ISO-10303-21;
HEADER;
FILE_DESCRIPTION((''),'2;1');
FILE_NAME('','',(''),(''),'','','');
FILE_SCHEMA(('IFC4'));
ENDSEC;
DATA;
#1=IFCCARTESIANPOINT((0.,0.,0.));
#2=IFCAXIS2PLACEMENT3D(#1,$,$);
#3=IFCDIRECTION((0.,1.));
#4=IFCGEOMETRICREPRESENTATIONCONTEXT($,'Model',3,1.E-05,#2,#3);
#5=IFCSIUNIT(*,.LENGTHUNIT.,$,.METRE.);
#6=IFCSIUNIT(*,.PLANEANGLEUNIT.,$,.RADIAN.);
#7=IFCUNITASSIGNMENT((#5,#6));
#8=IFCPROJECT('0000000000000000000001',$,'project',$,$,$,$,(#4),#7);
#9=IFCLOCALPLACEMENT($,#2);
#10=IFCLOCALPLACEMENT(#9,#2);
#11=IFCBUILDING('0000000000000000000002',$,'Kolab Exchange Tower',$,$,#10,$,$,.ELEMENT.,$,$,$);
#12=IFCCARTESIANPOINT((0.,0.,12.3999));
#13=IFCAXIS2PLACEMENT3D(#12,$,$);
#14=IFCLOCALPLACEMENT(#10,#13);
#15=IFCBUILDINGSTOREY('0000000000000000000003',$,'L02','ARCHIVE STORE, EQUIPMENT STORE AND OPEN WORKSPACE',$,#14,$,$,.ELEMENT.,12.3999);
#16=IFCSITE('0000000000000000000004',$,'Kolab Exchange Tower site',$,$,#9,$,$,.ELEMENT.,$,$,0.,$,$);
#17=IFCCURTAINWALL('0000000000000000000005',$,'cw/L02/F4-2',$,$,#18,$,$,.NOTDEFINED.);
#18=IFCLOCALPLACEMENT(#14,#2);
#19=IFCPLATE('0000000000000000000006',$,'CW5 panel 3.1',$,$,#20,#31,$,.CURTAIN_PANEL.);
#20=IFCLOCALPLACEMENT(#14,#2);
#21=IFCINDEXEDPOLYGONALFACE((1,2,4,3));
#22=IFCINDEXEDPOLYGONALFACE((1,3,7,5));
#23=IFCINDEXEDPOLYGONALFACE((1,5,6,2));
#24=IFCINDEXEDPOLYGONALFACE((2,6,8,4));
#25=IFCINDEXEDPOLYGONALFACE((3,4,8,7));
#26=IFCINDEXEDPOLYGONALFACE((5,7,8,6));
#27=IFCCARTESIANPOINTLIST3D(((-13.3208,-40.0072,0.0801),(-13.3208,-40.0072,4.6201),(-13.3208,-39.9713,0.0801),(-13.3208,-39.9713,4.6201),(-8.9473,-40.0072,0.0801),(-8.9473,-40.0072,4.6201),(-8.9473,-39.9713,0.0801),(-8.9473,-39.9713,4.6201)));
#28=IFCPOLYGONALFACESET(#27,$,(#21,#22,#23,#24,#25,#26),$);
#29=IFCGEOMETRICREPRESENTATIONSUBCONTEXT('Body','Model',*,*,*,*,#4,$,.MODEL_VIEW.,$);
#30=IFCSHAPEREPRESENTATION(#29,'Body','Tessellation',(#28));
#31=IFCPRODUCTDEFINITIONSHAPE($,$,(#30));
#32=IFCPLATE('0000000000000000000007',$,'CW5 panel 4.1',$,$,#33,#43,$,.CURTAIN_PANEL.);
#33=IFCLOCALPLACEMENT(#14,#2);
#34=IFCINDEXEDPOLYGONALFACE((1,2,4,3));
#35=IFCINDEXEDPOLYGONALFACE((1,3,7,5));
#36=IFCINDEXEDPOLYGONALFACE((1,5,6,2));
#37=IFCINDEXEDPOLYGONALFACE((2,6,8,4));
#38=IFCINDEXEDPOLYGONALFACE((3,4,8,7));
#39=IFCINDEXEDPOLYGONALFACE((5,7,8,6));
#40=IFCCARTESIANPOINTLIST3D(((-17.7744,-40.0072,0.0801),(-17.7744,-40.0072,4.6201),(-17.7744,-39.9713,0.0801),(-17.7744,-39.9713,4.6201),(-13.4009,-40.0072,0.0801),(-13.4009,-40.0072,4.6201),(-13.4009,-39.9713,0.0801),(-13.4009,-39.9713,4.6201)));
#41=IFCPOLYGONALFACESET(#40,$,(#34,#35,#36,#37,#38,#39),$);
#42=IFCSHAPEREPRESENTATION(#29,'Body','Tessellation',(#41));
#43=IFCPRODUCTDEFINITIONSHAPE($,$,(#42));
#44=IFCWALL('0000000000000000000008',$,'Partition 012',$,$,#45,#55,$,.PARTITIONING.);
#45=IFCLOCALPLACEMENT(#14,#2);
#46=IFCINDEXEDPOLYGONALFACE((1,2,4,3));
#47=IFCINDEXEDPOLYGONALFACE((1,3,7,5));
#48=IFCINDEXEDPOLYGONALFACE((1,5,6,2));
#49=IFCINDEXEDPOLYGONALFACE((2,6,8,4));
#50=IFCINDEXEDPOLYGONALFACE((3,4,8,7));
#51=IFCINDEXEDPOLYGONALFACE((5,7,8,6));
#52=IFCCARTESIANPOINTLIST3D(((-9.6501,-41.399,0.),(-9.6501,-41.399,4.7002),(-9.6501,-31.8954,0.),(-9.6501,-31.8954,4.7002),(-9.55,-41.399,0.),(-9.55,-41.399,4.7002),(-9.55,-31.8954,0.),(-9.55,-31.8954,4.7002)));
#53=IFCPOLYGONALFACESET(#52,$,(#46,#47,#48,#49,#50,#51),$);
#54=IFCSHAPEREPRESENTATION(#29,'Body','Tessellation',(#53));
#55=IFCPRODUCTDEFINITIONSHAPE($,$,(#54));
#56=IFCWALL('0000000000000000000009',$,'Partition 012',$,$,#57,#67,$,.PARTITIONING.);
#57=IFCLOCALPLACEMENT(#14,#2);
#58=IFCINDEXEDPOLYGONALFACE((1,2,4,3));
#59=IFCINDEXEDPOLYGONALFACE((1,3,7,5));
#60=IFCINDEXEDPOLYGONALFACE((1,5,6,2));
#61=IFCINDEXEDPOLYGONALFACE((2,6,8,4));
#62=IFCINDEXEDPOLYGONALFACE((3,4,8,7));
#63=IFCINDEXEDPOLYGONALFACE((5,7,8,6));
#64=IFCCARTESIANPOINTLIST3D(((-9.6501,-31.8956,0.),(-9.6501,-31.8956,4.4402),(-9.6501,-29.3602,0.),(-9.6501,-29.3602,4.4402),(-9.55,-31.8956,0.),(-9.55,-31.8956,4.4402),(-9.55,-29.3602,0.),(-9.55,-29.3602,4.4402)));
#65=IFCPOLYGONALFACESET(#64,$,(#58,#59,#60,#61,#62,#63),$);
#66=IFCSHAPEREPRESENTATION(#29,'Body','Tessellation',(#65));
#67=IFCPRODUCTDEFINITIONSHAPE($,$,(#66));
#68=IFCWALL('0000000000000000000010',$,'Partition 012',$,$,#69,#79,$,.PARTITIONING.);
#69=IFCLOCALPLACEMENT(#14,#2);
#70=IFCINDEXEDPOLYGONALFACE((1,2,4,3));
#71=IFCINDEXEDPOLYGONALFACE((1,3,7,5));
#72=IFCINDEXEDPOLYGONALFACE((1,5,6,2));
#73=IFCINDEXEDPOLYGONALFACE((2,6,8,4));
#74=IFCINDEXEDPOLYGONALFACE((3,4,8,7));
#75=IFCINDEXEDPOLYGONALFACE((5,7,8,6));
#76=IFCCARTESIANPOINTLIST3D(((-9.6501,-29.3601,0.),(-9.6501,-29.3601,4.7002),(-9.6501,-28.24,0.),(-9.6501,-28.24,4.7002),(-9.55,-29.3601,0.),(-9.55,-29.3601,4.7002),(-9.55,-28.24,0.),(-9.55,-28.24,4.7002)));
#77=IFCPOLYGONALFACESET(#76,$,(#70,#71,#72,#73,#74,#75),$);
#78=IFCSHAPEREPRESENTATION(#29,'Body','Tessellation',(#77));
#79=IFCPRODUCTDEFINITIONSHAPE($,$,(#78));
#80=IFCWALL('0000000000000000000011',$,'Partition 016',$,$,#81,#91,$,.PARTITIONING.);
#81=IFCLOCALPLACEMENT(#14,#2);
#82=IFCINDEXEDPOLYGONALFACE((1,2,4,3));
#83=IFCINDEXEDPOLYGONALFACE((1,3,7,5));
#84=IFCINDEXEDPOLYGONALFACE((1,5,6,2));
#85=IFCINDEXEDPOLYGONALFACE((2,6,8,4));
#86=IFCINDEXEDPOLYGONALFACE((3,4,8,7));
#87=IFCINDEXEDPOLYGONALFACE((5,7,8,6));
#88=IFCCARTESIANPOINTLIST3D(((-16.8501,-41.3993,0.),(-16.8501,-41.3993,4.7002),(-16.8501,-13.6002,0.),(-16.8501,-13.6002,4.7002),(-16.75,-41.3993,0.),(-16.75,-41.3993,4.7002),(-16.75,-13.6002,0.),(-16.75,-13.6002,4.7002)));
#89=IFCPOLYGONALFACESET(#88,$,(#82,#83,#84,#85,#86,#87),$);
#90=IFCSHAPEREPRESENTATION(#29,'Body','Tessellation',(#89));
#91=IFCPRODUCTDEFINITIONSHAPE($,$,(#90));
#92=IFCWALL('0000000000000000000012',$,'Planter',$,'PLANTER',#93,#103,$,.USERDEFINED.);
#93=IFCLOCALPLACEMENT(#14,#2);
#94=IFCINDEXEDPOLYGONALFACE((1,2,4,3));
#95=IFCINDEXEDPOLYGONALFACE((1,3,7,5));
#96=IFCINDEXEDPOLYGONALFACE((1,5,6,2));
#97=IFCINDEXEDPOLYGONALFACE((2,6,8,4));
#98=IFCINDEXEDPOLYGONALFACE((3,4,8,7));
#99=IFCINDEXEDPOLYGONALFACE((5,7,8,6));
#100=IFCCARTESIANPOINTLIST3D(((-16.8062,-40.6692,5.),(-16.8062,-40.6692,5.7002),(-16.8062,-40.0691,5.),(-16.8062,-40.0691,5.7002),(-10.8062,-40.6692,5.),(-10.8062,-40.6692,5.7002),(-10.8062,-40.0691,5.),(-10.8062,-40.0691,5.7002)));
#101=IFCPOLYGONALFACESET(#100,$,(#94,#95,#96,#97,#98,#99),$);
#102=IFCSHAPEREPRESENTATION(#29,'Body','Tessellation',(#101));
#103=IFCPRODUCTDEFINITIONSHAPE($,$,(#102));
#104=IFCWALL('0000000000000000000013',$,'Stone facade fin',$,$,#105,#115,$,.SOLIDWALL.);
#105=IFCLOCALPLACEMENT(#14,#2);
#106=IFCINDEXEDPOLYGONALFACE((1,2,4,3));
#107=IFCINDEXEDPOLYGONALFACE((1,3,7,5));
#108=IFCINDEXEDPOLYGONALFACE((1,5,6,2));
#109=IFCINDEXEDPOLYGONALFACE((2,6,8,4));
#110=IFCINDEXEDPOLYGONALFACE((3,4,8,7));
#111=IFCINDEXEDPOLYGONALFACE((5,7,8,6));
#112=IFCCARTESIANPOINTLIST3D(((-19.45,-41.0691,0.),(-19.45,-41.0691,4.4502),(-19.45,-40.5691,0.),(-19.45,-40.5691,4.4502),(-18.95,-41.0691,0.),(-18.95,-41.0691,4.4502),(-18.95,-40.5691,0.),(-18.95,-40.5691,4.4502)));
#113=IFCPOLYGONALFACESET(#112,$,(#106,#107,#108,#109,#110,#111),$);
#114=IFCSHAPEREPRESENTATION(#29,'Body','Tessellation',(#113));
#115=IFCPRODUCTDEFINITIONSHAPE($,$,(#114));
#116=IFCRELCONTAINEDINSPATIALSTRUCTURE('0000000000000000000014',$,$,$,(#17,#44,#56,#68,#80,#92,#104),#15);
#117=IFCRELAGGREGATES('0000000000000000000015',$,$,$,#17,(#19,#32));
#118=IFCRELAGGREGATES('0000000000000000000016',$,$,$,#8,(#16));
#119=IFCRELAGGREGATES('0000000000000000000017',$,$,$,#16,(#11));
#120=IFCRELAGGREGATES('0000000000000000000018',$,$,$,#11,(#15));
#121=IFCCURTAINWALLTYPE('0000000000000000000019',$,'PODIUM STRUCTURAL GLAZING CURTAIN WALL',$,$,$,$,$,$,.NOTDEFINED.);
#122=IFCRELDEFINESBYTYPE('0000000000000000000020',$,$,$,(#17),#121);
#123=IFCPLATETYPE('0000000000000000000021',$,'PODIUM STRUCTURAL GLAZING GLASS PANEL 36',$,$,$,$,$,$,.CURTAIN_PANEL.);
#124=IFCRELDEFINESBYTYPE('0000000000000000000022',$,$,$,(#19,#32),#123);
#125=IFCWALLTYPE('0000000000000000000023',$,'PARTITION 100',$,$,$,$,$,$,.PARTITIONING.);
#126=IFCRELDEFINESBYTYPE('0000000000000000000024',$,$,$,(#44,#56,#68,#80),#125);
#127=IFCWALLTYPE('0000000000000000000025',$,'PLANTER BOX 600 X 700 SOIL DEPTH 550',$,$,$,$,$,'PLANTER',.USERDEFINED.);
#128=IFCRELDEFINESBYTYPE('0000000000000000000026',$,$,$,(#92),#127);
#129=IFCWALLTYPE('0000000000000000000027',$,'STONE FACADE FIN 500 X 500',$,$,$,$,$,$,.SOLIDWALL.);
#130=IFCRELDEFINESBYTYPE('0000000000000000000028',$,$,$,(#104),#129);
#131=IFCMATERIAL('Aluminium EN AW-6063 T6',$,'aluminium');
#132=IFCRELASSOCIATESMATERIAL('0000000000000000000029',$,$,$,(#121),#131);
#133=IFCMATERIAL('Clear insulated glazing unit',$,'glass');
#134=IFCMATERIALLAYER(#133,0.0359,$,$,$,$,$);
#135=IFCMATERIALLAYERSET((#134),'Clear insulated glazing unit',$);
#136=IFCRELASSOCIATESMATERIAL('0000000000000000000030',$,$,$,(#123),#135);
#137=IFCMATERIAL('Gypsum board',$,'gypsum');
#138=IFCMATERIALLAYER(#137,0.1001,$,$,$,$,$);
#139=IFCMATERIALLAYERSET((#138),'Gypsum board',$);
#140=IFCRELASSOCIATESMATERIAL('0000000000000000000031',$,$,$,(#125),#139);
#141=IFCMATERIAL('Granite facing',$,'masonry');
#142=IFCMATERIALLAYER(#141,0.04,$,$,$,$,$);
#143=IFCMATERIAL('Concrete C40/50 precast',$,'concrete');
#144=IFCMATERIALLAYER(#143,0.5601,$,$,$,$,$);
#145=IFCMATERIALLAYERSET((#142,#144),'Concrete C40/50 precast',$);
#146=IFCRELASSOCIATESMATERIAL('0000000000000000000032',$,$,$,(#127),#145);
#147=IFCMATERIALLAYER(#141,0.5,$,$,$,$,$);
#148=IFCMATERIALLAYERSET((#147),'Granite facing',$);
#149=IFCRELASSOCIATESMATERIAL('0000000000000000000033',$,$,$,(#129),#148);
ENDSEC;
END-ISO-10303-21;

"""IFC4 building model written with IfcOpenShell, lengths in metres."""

from ifc_helpers import new_model, si_unit, direction, frame, frame_2d, origin, origin_2d, place, context, subcontext, project, spatial, rectangle, extrude, material, layer, layer_set, type_object, element, aggregate, save


model = new_model("IFC4")

# Units and contexts
model_context = context("Model", 3, precision=1e-05, world=origin(), true_north=direction((0.0, 1.0)))
body_context = subcontext(model_context, "Body", "Model", "MODEL_VIEW")
ifc_project = project(units=[si_unit("LENGTHUNIT", "METRE"), si_unit("PLANEANGLEUNIT", "RADIAN")], contexts=[model_context])

# Site, building, storey
site_placement = place(None, origin())
site = spatial("IfcSite", under=ifc_project, at=site_placement, Name="Kolab Exchange Tower site", CompositionType="ELEMENT", RefElevation=0.0)
building_placement = place(site_placement, origin())
building = spatial("IfcBuilding", under=site, at=building_placement, Name="Kolab Exchange Tower", CompositionType="ELEMENT")
storey_placement = place(building_placement, frame((0.0, 0.0, 12.3999)))
storey = spatial("IfcBuildingStorey", under=building, at=storey_placement, Name="L02", Description="ARCHIVE STORE, EQUIPMENT STORE AND OPEN WORKSPACE", CompositionType="ELEMENT", Elevation=12.3999)

# Curtain wall
ifc_material_1 = material(Name="Aluminium EN AW-6063 T6", Category="aluminium")
curtain_wall_type = type_object("IfcCurtainWallType", Name="PODIUM STRUCTURAL GLAZING CURTAIN WALL", PredefinedType="NOTDEFINED", material=ifc_material_1)
curtain_wall_placement = place(storey_placement, origin())
curtain_wall = element("IfcCurtainWall", 1, at=curtain_wall_placement, inside=storey, type_object=curtain_wall_type, Name="cw/L02/F4-2", PredefinedType="NOTDEFINED")

# Plates
ifc_material_2 = material(Name="Clear insulated glazing unit", Category="glass")
ifc_layer_1 = layer(ifc_material_2, 0.0359)
ifc_layer_set_1 = layer_set([ifc_layer_1], Name="Clear insulated glazing unit")
plate_type = type_object("IfcPlateType", Name="PODIUM STRUCTURAL GLAZING GLASS PANEL 36", PredefinedType="CURTAIN_PANEL", material=ifc_layer_set_1)
plate_1_placement = place(storey_placement, frame((-11.134, -39.9893, 0.0801), z_axis=(0.0, 0.0, 1.0), x_axis=(-1.0, 0.0, 0.0)))
plate_1 = element("IfcPlate", 2, at=plate_1_placement, type_object=plate_type, Name="CW5 panel 3.1", PredefinedType="CURTAIN_PANEL", context=body_context, shape_type="SweptSolid", body=[
    extrude(rectangle(XDim=4.3735, YDim=0.0359, at=origin_2d()), origin(), (0.0, 0.0, 1.0), 4.54),
])
plate_2_placement = place(storey_placement, frame((-15.5876, -39.9893, 0.0801), z_axis=(0.0, 0.0, 1.0), x_axis=(-1.0, 0.0, 0.0)))
plate_2 = element("IfcPlate", 3, at=plate_2_placement, type_object=plate_type, Name="CW5 panel 4.1", PredefinedType="CURTAIN_PANEL", context=body_context, shape_type="SweptSolid", body=[
    extrude(rectangle(XDim=4.3735, YDim=0.0359, at=origin_2d()), origin(), (0.0, 0.0, 1.0), 4.54),
])
aggregate(curtain_wall, [plate_1, plate_2])

# Walls
ifc_material_3 = material(Name="Gypsum board", Category="gypsum")
ifc_layer_2 = layer(ifc_material_3, 0.1001)
ifc_layer_set_2 = layer_set([ifc_layer_2], Name="Gypsum board")
wall_type_1 = type_object("IfcWallType", Name="PARTITION 100", PredefinedType="PARTITIONING", material=ifc_layer_set_2)
wall_1_placement = place(storey_placement, frame((-9.6001, -41.3992, 0.0), z_axis=(0.0, 0.0, 1.0), x_axis=(0.0, 1.0, 0.0)))
element("IfcWall", 4, at=wall_1_placement, inside=storey, type_object=wall_type_1, Name="Partition 012", PredefinedType="PARTITIONING", context=body_context, shape_type="SweptSolid", body=[
    extrude(rectangle(XDim=9.5037, YDim=0.1001, at=frame_2d((4.752, 0.0))), origin(), (0.0, 0.0, 1.0), 4.7002),
])
wall_2_placement = place(storey_placement, frame((-9.6001, -31.8955, 0.0), z_axis=(0.0, 0.0, 1.0), x_axis=(0.0, 1.0, 0.0)))
element("IfcWall", 5, at=wall_2_placement, inside=storey, type_object=wall_type_1, Name="Partition 012", PredefinedType="PARTITIONING", context=body_context, shape_type="SweptSolid", body=[
    extrude(rectangle(XDim=2.5354, YDim=0.1001, at=frame_2d((1.2676, 0.0))), origin(), (0.0, 0.0, 1.0), 4.4402),
])
wall_3_placement = place(storey_placement, frame((-9.6001, -29.3601, 0.0), z_axis=(0.0, 0.0, 1.0), x_axis=(0.0, 1.0, 0.0)))
element("IfcWall", 6, at=wall_3_placement, inside=storey, type_object=wall_type_1, Name="Partition 012", PredefinedType="PARTITIONING", context=body_context, shape_type="SweptSolid", body=[
    extrude(rectangle(XDim=1.1201, YDim=0.1001, at=frame_2d((0.5601, 0.0))), origin(), (0.0, 0.0, 1.0), 4.7002),
])
wall_4_placement = place(storey_placement, frame((-16.8, -41.3992, 0.0), z_axis=(0.0, 0.0, 1.0), x_axis=(0.0, 1.0, 0.0)))
element("IfcWall", 7, at=wall_4_placement, inside=storey, type_object=wall_type_1, Name="Partition 016", PredefinedType="PARTITIONING", context=body_context, shape_type="SweptSolid", body=[
    extrude(rectangle(XDim=27.7991, YDim=0.1001, at=frame_2d((13.8994, 0.0))), origin(), (0.0, 0.0, 1.0), 4.7002),
])
ifc_material_4 = material(Name="Granite facing", Category="masonry")
ifc_layer_3 = layer(ifc_material_4, 0.04)
ifc_material_5 = material(Name="Concrete C40/50 precast", Category="concrete")
ifc_layer_4 = layer(ifc_material_5, 0.5601)
ifc_layer_set_3 = layer_set([ifc_layer_3, ifc_layer_4], Name="Concrete C40/50 precast")
wall_type_2 = type_object("IfcWallType", Name="PLANTER BOX 600 X 700 SOIL DEPTH 550", ElementType="PLANTER", PredefinedType="USERDEFINED", material=ifc_layer_set_3)
wall_5_placement = place(storey_placement, frame((-10.8062, -40.3691, 5.0), z_axis=(0.0, 0.0, 1.0), x_axis=(-1.0, 0.0, 0.0)))
element("IfcWall", 8, at=wall_5_placement, inside=storey, type_object=wall_type_2, Name="Planter", ObjectType="PLANTER", PredefinedType="USERDEFINED", context=body_context, shape_type="SweptSolid", body=[
    extrude(rectangle(XDim=6.0, YDim=0.6001, at=frame_2d((3.0, 0.0))), origin(), (0.0, 0.0, 1.0), 0.7002),
])
ifc_layer_5 = layer(ifc_material_4, 0.5)
ifc_layer_set_4 = layer_set([ifc_layer_5], Name="Granite facing")
wall_type_3 = type_object("IfcWallType", Name="STONE FACADE FIN 500 X 500", PredefinedType="SOLIDWALL", material=ifc_layer_set_4)
wall_6_placement = place(storey_placement, frame((-18.95, -40.8191, 0.0), z_axis=(0.0, 0.0, 1.0), x_axis=(-1.0, 0.0, 0.0)))
element("IfcWall", 9, at=wall_6_placement, inside=storey, type_object=wall_type_3, Name="Stone facade fin", PredefinedType="SOLIDWALL", context=body_context, shape_type="SweptSolid", body=[
    extrude(rectangle(XDim=0.5, YDim=0.5, at=frame_2d((0.25, 0.0))), origin(), (0.0, 0.0, 1.0), 4.4502),
])

save(model, "model.ifc")
